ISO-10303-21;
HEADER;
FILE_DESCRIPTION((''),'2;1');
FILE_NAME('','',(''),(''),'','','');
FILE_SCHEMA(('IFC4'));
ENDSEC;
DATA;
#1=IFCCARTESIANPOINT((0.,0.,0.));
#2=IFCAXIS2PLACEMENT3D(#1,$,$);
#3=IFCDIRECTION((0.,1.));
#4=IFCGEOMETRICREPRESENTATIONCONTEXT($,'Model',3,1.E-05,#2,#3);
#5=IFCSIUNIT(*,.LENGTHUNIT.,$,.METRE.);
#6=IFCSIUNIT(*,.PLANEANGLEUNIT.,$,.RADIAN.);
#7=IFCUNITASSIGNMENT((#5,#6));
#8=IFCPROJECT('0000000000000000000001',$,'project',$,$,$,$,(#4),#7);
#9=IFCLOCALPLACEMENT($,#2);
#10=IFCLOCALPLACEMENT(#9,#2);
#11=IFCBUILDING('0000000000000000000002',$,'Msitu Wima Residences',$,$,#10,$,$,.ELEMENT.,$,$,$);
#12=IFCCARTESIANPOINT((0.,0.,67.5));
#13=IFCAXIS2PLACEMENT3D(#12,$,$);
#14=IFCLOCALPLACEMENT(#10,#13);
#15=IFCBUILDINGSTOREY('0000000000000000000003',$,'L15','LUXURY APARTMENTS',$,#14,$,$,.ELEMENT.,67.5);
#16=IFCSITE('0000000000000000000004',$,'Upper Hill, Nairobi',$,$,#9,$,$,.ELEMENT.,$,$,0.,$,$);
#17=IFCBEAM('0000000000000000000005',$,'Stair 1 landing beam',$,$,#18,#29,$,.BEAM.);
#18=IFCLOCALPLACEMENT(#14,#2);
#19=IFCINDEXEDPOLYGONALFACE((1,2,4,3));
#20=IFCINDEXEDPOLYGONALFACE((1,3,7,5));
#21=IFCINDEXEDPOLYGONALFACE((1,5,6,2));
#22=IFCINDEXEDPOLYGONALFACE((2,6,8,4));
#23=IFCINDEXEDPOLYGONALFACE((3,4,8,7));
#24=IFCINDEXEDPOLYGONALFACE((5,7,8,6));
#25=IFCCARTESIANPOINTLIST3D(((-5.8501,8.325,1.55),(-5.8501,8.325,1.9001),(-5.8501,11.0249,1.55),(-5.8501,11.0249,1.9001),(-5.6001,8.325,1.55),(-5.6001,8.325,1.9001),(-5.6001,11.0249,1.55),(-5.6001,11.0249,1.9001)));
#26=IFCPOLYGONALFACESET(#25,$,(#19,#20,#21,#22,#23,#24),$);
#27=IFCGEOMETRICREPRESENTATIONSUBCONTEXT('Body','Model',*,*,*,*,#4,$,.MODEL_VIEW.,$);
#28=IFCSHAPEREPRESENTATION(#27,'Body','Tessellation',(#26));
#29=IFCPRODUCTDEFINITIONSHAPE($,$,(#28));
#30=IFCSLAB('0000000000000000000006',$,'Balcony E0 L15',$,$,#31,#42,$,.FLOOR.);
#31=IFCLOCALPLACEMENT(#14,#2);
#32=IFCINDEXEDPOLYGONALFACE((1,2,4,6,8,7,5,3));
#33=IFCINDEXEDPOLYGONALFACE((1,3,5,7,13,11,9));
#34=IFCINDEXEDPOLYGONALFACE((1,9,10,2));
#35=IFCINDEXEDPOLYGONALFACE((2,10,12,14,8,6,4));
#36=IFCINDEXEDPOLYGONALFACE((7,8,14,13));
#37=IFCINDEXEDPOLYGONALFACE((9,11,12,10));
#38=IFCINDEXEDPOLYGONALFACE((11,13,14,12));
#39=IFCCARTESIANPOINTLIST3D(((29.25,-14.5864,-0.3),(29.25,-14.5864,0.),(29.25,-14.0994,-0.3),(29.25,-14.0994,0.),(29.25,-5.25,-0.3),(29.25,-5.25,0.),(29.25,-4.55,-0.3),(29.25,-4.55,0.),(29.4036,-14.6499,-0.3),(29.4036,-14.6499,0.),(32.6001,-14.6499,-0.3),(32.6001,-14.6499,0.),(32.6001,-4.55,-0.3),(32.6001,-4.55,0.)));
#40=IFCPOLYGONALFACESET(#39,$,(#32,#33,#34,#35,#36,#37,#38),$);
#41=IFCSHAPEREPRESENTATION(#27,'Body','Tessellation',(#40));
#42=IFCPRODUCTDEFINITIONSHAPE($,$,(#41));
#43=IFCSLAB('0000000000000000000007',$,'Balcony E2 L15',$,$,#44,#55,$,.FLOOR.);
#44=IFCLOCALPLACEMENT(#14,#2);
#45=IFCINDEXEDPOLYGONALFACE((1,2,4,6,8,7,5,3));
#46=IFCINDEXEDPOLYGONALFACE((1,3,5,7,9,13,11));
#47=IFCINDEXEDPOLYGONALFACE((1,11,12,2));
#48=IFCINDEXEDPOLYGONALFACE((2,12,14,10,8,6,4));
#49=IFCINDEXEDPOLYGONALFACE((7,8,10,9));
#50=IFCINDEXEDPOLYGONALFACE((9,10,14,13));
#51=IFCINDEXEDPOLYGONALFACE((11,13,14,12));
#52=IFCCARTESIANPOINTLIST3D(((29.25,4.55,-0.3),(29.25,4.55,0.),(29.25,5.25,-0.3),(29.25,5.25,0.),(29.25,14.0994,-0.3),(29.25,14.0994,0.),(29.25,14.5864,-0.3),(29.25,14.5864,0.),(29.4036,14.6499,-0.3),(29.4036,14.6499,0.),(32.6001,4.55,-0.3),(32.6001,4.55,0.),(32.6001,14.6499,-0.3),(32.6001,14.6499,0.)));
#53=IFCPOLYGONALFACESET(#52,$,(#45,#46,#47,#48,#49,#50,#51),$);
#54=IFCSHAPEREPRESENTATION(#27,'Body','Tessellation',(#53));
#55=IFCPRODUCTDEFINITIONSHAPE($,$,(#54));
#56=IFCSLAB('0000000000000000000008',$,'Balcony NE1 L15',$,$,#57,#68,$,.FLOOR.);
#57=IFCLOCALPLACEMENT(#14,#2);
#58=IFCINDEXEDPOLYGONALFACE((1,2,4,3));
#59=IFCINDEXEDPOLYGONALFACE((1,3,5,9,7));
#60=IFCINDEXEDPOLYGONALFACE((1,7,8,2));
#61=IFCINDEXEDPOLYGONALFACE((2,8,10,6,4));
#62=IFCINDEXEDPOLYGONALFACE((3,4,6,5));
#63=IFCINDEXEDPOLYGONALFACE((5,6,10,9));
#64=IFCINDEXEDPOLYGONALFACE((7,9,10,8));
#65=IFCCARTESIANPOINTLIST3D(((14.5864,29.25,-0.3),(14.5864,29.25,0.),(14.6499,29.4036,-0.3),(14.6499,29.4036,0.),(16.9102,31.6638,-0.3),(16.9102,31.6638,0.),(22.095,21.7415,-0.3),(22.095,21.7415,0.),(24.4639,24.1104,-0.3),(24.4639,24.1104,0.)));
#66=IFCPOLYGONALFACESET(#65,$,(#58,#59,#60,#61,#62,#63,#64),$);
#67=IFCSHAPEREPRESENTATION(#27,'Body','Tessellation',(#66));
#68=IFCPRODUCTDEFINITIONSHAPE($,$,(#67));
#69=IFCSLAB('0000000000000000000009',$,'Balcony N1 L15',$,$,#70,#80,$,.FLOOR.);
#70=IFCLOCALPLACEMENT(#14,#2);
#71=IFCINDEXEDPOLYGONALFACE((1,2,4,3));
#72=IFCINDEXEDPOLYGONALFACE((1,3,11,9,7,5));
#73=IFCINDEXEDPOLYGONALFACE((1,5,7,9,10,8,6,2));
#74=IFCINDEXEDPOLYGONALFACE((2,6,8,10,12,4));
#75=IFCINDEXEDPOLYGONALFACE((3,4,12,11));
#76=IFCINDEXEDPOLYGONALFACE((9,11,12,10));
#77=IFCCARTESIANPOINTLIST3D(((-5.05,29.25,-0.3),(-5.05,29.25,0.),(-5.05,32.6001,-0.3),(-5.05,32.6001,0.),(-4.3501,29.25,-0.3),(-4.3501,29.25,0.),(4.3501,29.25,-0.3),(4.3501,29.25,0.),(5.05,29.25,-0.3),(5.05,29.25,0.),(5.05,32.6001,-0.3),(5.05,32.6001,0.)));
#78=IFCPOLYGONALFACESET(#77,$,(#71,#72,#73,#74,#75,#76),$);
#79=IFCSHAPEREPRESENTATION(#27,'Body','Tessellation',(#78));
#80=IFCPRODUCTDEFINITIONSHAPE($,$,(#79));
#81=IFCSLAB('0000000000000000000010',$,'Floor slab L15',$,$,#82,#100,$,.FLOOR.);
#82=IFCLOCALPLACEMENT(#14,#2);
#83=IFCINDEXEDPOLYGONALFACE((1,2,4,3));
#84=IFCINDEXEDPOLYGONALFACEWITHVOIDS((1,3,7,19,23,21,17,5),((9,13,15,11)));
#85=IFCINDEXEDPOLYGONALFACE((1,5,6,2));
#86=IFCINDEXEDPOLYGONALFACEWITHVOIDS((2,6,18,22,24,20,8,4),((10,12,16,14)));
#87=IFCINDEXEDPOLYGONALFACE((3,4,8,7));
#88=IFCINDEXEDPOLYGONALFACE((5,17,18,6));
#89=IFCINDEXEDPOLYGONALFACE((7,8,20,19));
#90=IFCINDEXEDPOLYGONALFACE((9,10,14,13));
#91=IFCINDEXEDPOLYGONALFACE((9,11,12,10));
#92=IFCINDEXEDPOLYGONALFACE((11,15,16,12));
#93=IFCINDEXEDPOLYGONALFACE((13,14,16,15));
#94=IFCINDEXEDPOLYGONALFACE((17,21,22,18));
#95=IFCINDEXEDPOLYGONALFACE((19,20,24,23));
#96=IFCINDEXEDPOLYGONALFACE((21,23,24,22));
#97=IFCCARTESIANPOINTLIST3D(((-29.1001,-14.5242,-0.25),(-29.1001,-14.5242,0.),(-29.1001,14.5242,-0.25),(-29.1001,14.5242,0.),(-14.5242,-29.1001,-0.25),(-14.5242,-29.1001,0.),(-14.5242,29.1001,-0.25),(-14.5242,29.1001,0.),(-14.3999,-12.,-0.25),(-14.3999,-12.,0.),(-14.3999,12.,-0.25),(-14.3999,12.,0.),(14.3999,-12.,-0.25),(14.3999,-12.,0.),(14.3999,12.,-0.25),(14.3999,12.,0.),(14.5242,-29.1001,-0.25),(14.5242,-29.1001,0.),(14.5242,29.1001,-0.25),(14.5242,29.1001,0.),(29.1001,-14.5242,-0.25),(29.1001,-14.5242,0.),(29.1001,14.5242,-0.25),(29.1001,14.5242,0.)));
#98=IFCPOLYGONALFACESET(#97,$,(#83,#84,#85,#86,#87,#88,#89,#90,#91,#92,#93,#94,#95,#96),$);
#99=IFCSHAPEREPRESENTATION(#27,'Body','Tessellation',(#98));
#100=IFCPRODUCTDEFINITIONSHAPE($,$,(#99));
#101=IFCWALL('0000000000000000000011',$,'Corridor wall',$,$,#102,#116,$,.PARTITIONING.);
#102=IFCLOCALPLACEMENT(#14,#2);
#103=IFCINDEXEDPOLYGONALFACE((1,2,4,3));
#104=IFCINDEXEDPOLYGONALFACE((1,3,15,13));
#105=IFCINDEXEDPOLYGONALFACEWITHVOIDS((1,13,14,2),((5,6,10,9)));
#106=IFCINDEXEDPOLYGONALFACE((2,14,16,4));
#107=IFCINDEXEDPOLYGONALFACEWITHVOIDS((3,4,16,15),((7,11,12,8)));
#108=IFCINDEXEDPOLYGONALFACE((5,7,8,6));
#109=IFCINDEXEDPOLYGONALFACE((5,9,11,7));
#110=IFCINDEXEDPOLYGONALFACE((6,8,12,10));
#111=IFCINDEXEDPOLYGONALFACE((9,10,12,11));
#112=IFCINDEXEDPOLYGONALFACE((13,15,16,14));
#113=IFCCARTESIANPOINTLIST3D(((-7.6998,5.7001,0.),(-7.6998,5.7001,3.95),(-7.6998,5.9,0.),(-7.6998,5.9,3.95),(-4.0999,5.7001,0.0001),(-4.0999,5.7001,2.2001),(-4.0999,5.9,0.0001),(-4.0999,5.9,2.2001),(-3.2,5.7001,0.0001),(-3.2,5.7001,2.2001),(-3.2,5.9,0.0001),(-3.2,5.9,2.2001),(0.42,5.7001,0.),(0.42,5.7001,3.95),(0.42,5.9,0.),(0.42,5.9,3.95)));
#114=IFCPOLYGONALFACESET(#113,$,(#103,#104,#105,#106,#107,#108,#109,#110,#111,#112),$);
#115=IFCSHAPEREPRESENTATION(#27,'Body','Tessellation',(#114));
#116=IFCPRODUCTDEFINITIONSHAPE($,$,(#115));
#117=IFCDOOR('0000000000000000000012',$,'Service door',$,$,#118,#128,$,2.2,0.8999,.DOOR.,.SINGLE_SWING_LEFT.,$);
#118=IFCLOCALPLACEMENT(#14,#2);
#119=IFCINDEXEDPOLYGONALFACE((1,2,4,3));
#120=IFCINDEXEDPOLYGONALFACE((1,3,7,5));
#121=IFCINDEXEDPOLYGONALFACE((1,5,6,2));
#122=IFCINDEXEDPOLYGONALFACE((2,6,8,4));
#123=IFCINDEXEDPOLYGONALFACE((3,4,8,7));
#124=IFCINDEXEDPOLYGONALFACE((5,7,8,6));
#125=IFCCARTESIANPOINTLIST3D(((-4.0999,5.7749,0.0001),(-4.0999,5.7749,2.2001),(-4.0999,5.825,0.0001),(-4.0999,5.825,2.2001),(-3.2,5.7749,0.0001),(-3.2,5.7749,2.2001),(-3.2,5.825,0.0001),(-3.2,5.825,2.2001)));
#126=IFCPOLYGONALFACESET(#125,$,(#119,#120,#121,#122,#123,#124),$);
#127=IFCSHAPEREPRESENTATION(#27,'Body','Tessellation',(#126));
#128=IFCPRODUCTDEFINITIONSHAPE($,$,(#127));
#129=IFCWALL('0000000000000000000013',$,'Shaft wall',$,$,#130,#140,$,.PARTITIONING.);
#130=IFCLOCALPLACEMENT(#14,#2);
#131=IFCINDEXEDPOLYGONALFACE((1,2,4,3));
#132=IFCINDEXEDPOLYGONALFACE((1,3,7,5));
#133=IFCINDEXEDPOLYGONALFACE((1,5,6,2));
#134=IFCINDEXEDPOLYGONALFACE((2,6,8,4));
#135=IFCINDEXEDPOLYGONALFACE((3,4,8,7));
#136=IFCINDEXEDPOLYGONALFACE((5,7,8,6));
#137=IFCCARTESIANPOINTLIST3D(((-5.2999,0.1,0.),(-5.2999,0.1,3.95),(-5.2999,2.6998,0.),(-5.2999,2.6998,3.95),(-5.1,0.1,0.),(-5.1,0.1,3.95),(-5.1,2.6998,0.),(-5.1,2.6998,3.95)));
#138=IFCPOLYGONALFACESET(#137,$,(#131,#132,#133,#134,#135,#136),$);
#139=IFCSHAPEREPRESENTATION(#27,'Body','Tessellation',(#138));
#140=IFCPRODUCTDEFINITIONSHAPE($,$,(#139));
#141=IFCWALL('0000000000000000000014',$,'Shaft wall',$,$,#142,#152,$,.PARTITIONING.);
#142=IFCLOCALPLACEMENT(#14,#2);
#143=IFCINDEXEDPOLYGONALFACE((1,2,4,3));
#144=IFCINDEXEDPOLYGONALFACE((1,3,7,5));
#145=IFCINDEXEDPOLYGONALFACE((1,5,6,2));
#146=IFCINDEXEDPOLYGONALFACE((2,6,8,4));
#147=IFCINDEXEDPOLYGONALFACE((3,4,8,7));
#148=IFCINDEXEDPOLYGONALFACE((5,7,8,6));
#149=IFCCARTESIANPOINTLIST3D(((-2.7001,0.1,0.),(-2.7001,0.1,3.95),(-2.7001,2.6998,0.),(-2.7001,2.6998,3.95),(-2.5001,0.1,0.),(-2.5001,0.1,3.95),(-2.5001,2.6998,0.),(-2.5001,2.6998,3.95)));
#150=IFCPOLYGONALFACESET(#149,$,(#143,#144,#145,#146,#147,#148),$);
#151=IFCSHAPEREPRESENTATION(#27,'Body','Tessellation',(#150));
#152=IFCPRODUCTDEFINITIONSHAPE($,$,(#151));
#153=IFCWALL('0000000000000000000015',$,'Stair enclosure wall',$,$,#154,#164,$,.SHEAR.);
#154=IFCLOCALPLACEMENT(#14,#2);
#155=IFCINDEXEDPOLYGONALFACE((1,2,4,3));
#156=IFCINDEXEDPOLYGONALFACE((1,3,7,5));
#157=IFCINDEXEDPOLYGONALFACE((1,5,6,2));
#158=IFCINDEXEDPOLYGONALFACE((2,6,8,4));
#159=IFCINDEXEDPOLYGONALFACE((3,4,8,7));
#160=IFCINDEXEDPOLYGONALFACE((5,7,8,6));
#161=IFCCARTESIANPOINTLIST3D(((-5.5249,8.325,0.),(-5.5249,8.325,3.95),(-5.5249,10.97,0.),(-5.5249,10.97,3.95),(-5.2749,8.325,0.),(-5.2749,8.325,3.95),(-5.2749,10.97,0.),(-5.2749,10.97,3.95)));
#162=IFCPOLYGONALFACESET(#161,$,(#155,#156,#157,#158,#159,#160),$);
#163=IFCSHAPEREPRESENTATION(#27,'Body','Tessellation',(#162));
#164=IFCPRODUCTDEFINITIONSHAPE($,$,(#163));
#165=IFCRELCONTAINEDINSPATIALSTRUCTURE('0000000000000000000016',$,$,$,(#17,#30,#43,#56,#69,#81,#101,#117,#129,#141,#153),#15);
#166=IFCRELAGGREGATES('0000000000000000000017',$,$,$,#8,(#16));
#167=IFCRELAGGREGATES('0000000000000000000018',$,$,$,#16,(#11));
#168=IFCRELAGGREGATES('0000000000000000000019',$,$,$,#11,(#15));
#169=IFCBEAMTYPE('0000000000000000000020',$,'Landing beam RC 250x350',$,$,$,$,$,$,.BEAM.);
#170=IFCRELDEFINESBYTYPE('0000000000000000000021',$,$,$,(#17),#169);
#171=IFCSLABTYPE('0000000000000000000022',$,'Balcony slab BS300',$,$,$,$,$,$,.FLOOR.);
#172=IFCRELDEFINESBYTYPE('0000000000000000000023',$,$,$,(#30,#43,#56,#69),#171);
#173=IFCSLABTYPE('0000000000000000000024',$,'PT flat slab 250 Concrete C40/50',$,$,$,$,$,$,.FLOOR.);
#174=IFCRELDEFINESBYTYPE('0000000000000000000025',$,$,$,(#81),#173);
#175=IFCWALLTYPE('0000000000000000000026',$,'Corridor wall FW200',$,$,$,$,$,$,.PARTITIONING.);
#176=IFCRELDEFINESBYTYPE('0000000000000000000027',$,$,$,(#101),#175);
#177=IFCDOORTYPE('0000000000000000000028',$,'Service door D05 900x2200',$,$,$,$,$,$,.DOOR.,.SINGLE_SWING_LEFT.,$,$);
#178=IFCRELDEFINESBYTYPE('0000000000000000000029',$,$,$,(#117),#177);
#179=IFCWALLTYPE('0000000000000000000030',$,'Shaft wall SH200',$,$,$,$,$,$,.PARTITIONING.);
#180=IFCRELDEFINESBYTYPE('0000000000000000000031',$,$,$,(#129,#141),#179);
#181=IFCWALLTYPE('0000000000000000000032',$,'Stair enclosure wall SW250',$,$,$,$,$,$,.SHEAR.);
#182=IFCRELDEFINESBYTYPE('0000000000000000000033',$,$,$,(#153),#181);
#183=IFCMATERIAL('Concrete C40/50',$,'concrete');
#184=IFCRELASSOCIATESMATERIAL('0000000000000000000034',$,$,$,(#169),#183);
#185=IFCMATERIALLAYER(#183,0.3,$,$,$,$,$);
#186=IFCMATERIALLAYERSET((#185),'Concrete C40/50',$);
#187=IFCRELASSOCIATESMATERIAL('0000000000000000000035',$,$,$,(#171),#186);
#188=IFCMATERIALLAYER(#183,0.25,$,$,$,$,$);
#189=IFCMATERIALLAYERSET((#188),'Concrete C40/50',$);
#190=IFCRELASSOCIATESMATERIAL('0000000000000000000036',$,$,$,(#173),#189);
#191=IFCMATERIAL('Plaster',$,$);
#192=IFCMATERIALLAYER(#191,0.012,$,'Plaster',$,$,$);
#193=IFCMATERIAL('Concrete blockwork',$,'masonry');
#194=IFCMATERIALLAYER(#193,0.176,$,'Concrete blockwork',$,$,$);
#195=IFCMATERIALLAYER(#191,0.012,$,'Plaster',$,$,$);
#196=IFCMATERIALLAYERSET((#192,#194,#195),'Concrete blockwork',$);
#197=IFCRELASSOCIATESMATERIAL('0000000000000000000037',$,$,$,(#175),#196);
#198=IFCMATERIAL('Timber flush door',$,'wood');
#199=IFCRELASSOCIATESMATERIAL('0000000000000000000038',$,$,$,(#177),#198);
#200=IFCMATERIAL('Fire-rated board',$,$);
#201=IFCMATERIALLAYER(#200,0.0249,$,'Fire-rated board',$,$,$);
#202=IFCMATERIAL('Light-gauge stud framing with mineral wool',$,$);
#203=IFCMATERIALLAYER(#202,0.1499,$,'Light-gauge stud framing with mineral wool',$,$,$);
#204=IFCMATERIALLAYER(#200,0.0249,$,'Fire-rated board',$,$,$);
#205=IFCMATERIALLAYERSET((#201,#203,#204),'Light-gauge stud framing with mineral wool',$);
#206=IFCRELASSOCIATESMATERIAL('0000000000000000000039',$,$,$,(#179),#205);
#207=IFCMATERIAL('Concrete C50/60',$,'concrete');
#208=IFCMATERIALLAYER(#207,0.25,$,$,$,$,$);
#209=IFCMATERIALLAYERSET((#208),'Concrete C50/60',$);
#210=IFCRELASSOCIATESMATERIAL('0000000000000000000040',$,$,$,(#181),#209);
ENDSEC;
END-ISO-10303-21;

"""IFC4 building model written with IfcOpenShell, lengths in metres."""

from ifc_helpers import new_model, si_unit, direction, frame, frame_2d, origin, origin_2d, place, context, subcontext, project, spatial, polyline, rectangle, outline, extrude, material, layer, layer_set, material_profile, profile_set, type_object, element, fill, save


model = new_model("IFC4")

# Units and contexts
model_context = context("Model", 3, precision=1e-05, world=origin(), true_north=direction((0.0, 1.0)))
body_context = subcontext(model_context, "Body", "Model", "MODEL_VIEW")
ifc_project = project(units=[si_unit("LENGTHUNIT", "METRE"), si_unit("PLANEANGLEUNIT", "RADIAN")], contexts=[model_context])

# Site, building, storey
site_placement = place(None, origin())
site = spatial("IfcSite", under=ifc_project, at=site_placement, Name="Upper Hill, Nairobi", CompositionType="ELEMENT", RefElevation=0.0)
building_placement = place(site_placement, origin())
building = spatial("IfcBuilding", under=site, at=building_placement, Name="Msitu Wima Residences", CompositionType="ELEMENT")
storey_placement = place(building_placement, frame((0.0, 0.0, 67.5)))
storey = spatial("IfcBuildingStorey", under=building, at=storey_placement, Name="L15", Description="LUXURY APARTMENTS", CompositionType="ELEMENT", Elevation=67.5)

# Beam
ifc_material_1 = material(Name="Concrete C40/50", Category="concrete")
ifc_material_profile = material_profile(ifc_material_1, rectangle(XDim=0.25, YDim=0.3501, at=origin_2d()), Name="RC 250x350")
ifc_profile_set = profile_set([ifc_material_profile], Name="Concrete C40/50")
beam_type = type_object("IfcBeamType", Name="Landing beam RC 250x350", PredefinedType="BEAM", material=ifc_profile_set)
beam_placement = place(storey_placement, frame((-5.7251, 8.325, 1.7251), z_axis=(0.0, 1.0, 0.0), x_axis=(-1.0, 0.0, 0.0)))
element("IfcBeam", 1, at=beam_placement, inside=storey, type_object=beam_type, Name="Stair 1 landing beam", PredefinedType="BEAM", context=body_context, shape_type="SweptSolid", body=[
    extrude(rectangle(XDim=0.25, YDim=0.3501, at=origin_2d()), origin(), (0.0, 0.0, 1.0), 2.7),
])

# Slabs
ifc_layer_1 = layer(ifc_material_1, 0.3)
ifc_layer_set_1 = layer_set([ifc_layer_1], Name="Concrete C40/50")
slab_type_1 = type_object("IfcSlabType", Name="Balcony slab BS300", PredefinedType="FLOOR", material=ifc_layer_set_1)
slab_1_placement = place(storey_placement, frame((0.0, 0.0, -0.3)))
element("IfcSlab", 2, at=slab_1_placement, inside=storey, type_object=slab_type_1, Name="Balcony E0 L15", PredefinedType="FLOOR", context=body_context, shape_type="SweptSolid", body=[
    extrude(outline(polyline([(29.25, -14.0994), (29.25, -14.0994), (29.25, -5.25), (29.25, -4.55), (32.6001, -4.55), (32.6001, -14.6499), (29.4036, -14.6499), (29.25, -14.5864), (29.25, -14.0994), (29.25, -14.0994)])), origin(), (0.0, 0.0, 1.0), 0.3),
])
slab_2_placement = place(storey_placement, frame((0.0, 0.0, -0.3)))
element("IfcSlab", 3, at=slab_2_placement, inside=storey, type_object=slab_type_1, Name="Balcony E2 L15", PredefinedType="FLOOR", context=body_context, shape_type="SweptSolid", body=[
    extrude(outline(polyline([(29.25, 14.0994), (29.25, 14.0994), (29.25, 14.0994), (29.25, 14.5864), (29.4036, 14.6499), (32.6001, 14.6499), (32.6001, 4.55), (29.25, 4.55), (29.25, 5.25), (29.25, 14.0994)])), origin(), (0.0, 0.0, 1.0), 0.3),
])
slab_3_placement = place(storey_placement, frame((0.0, 0.0, -0.3)))
element("IfcSlab", 4, at=slab_3_placement, inside=storey, type_object=slab_type_1, Name="Balcony NE1 L15", PredefinedType="FLOOR", context=body_context, shape_type="SweptSolid", body=[
    extrude(outline(polyline([(16.9102, 31.6638), (24.4639, 24.1104), (22.095, 21.7415), (14.5864, 29.25), (14.6499, 29.4036), (16.9102, 31.6638)])), origin(), (0.0, 0.0, 1.0), 0.3),
])
slab_4_placement = place(storey_placement, frame((0.0, 0.0, -0.3)))
element("IfcSlab", 5, at=slab_4_placement, inside=storey, type_object=slab_type_1, Name="Balcony N1 L15", PredefinedType="FLOOR", context=body_context, shape_type="SweptSolid", body=[
    extrude(outline(polyline([(4.3501, 29.25), (-4.3501, 29.25), (-5.05, 29.25), (-5.05, 32.6001), (5.05, 32.6001), (5.05, 29.25), (4.3501, 29.25)])), origin(), (0.0, 0.0, 1.0), 0.3),
])
ifc_layer_2 = layer(ifc_material_1, 0.25)
ifc_layer_set_2 = layer_set([ifc_layer_2], Name="Concrete C40/50")
slab_type_2 = type_object("IfcSlabType", Name="PT flat slab 250 Concrete C40/50", PredefinedType="FLOOR", material=ifc_layer_set_2)
slab_5_placement = place(storey_placement, frame((0.0, 0.0, -0.25)))
element("IfcSlab", 6, at=slab_5_placement, inside=storey, type_object=slab_type_2, Name="Floor slab L15", PredefinedType="FLOOR", context=body_context, shape_type="SweptSolid", body=[
    extrude(outline(polyline([(29.1001, -14.5242), (14.5242, -29.1001), (-14.5242, -29.1001), (-29.1001, -14.5242), (-29.1001, 14.5242), (-14.5242, 29.1001), (14.5242, 29.1001), (29.1001, 14.5242), (29.1001, -14.5242)]), holes=[polyline([(-14.3999, -12.0), (14.3999, -12.0), (14.3999, 12.0), (-14.3999, 12.0), (-14.3999, -12.0)])]), origin(), (0.0, 0.0, 1.0), 0.25),
])

# Wall, opening, door
ifc_material_2 = material(Name="Plaster")
ifc_layer_3 = layer(ifc_material_2, 0.012, Name="Plaster")
ifc_material_3 = material(Name="Concrete blockwork", Category="masonry")
ifc_layer_4 = layer(ifc_material_3, 0.176, Name="Concrete blockwork")
ifc_layer_5 = layer(ifc_material_2, 0.012, Name="Plaster")
ifc_layer_set_3 = layer_set([ifc_layer_3, ifc_layer_4, ifc_layer_5], Name="Concrete blockwork")
wall_type_1 = type_object("IfcWallType", Name="Corridor wall FW200", PredefinedType="PARTITIONING", material=ifc_layer_set_3)
wall_1_placement = place(storey_placement, frame((-7.7, 5.8, 0.0), z_axis=(0.0, 0.0, 1.0), x_axis=(1.0, 0.0, 0.0)))
wall_1 = element("IfcWall", 7, at=wall_1_placement, inside=storey, type_object=wall_type_1, Name="Corridor wall", PredefinedType="PARTITIONING", context=body_context, shape_type="SweptSolid", body=[
    extrude(rectangle(XDim=8.1199, YDim=0.2, at=frame_2d((4.0601, 0.0))), origin(), (0.0, 0.0, 1.0), 3.95),
])
opening_1_placement = place(wall_1_placement, frame((3.6001, 0.0, 0.0)))
opening_1 = element("IfcOpeningElement", 8, at=opening_1_placement, cuts=wall_1, PredefinedType="OPENING", context=body_context, shape_type="SweptSolid", body=[
    extrude(rectangle(XDim=0.8999, YDim=2.2, at=frame_2d((0.45, 1.1001))), frame((0.0, 0.1099, 0.0), z_axis=(0.0, -1.0, 0.0), x_axis=(1.0, 0.0, 0.0)), (0.0, 0.0, 1.0), 0.22),
])
ifc_material_4 = material(Name="Timber flush door", Category="wood")
door_type_1 = type_object("IfcDoorType", Name="Service door D05 900x2200", OperationType="SINGLE_SWING_LEFT", PredefinedType="DOOR", material=ifc_material_4)
door_1_placement = place(opening_1_placement, origin())
door_1 = element("IfcDoor", 9, at=door_1_placement, inside=storey, type_object=door_type_1, Name="Service door", OperationType="SINGLE_SWING_LEFT", OverallHeight=2.2, OverallWidth=0.8999, PredefinedType="DOOR", context=body_context, shape_type="SweptSolid", body=[
    extrude(rectangle(XDim=0.8999, YDim=2.2, at=frame_2d((0.45, 1.1001))), frame((0.0, 0.0249, 0.0), z_axis=(0.0, -1.0, 0.0), x_axis=(1.0, 0.0, 0.0)), (0.0, 0.0, 1.0), 0.05),
])
fill(opening_1, door_1)

# Walls
ifc_material_5 = material(Name="Fire-rated board")
ifc_layer_6 = layer(ifc_material_5, 0.0249, Name="Fire-rated board")
ifc_material_6 = material(Name="Light-gauge stud framing with mineral wool")
ifc_layer_7 = layer(ifc_material_6, 0.1499, Name="Light-gauge stud framing with mineral wool")
ifc_layer_8 = layer(ifc_material_5, 0.0249, Name="Fire-rated board")
ifc_layer_set_4 = layer_set([ifc_layer_6, ifc_layer_7, ifc_layer_8], Name="Light-gauge stud framing with mineral wool")
wall_type_2 = type_object("IfcWallType", Name="Shaft wall SH200", PredefinedType="PARTITIONING", material=ifc_layer_set_4)
for number, where, z_axis, x_axis, name in (
    (10, (-5.2, 0.1001, 0.0), (0.0, 0.0, 1.0), (0.0, 1.0, 0.0), "Shaft wall"),
    (11, (-2.6001, 0.1001, 0.0), (0.0, 0.0, 1.0), (0.0, 1.0, 0.0), "Shaft wall"),
):
    element("IfcWall", number, at=place(storey_placement, frame(where, z_axis=z_axis, x_axis=x_axis)), inside=storey, type_object=wall_type_2, Name=name, PredefinedType="PARTITIONING", context=body_context, shape_type="SweptSolid", body=[
        extrude(rectangle(XDim=2.5999, YDim=0.2, at=frame_2d((1.2998, 0.0))), origin(), (0.0, 0.0, 1.0), 3.95),
    ])
ifc_material_7 = material(Name="Concrete C50/60", Category="concrete")
ifc_layer_9 = layer(ifc_material_7, 0.25)
ifc_layer_set_5 = layer_set([ifc_layer_9], Name="Concrete C50/60")
wall_type_3 = type_object("IfcWallType", Name="Stair enclosure wall SW250", PredefinedType="SHEAR", material=ifc_layer_set_5)
wall_2_placement = place(storey_placement, frame((-5.3999, 8.325, 0.0), z_axis=(0.0, 0.0, 1.0), x_axis=(0.0, 1.0, 0.0)))
element("IfcWall", 12, at=wall_2_placement, inside=storey, type_object=wall_type_3, Name="Stair enclosure wall", PredefinedType="SHEAR", context=body_context, shape_type="SweptSolid", body=[
    extrude(rectangle(XDim=2.645, YDim=0.25, at=frame_2d((1.3225, 0.0))), origin(), (0.0, 0.0, 1.0), 3.95),
])

save(model, "model.ifc")
